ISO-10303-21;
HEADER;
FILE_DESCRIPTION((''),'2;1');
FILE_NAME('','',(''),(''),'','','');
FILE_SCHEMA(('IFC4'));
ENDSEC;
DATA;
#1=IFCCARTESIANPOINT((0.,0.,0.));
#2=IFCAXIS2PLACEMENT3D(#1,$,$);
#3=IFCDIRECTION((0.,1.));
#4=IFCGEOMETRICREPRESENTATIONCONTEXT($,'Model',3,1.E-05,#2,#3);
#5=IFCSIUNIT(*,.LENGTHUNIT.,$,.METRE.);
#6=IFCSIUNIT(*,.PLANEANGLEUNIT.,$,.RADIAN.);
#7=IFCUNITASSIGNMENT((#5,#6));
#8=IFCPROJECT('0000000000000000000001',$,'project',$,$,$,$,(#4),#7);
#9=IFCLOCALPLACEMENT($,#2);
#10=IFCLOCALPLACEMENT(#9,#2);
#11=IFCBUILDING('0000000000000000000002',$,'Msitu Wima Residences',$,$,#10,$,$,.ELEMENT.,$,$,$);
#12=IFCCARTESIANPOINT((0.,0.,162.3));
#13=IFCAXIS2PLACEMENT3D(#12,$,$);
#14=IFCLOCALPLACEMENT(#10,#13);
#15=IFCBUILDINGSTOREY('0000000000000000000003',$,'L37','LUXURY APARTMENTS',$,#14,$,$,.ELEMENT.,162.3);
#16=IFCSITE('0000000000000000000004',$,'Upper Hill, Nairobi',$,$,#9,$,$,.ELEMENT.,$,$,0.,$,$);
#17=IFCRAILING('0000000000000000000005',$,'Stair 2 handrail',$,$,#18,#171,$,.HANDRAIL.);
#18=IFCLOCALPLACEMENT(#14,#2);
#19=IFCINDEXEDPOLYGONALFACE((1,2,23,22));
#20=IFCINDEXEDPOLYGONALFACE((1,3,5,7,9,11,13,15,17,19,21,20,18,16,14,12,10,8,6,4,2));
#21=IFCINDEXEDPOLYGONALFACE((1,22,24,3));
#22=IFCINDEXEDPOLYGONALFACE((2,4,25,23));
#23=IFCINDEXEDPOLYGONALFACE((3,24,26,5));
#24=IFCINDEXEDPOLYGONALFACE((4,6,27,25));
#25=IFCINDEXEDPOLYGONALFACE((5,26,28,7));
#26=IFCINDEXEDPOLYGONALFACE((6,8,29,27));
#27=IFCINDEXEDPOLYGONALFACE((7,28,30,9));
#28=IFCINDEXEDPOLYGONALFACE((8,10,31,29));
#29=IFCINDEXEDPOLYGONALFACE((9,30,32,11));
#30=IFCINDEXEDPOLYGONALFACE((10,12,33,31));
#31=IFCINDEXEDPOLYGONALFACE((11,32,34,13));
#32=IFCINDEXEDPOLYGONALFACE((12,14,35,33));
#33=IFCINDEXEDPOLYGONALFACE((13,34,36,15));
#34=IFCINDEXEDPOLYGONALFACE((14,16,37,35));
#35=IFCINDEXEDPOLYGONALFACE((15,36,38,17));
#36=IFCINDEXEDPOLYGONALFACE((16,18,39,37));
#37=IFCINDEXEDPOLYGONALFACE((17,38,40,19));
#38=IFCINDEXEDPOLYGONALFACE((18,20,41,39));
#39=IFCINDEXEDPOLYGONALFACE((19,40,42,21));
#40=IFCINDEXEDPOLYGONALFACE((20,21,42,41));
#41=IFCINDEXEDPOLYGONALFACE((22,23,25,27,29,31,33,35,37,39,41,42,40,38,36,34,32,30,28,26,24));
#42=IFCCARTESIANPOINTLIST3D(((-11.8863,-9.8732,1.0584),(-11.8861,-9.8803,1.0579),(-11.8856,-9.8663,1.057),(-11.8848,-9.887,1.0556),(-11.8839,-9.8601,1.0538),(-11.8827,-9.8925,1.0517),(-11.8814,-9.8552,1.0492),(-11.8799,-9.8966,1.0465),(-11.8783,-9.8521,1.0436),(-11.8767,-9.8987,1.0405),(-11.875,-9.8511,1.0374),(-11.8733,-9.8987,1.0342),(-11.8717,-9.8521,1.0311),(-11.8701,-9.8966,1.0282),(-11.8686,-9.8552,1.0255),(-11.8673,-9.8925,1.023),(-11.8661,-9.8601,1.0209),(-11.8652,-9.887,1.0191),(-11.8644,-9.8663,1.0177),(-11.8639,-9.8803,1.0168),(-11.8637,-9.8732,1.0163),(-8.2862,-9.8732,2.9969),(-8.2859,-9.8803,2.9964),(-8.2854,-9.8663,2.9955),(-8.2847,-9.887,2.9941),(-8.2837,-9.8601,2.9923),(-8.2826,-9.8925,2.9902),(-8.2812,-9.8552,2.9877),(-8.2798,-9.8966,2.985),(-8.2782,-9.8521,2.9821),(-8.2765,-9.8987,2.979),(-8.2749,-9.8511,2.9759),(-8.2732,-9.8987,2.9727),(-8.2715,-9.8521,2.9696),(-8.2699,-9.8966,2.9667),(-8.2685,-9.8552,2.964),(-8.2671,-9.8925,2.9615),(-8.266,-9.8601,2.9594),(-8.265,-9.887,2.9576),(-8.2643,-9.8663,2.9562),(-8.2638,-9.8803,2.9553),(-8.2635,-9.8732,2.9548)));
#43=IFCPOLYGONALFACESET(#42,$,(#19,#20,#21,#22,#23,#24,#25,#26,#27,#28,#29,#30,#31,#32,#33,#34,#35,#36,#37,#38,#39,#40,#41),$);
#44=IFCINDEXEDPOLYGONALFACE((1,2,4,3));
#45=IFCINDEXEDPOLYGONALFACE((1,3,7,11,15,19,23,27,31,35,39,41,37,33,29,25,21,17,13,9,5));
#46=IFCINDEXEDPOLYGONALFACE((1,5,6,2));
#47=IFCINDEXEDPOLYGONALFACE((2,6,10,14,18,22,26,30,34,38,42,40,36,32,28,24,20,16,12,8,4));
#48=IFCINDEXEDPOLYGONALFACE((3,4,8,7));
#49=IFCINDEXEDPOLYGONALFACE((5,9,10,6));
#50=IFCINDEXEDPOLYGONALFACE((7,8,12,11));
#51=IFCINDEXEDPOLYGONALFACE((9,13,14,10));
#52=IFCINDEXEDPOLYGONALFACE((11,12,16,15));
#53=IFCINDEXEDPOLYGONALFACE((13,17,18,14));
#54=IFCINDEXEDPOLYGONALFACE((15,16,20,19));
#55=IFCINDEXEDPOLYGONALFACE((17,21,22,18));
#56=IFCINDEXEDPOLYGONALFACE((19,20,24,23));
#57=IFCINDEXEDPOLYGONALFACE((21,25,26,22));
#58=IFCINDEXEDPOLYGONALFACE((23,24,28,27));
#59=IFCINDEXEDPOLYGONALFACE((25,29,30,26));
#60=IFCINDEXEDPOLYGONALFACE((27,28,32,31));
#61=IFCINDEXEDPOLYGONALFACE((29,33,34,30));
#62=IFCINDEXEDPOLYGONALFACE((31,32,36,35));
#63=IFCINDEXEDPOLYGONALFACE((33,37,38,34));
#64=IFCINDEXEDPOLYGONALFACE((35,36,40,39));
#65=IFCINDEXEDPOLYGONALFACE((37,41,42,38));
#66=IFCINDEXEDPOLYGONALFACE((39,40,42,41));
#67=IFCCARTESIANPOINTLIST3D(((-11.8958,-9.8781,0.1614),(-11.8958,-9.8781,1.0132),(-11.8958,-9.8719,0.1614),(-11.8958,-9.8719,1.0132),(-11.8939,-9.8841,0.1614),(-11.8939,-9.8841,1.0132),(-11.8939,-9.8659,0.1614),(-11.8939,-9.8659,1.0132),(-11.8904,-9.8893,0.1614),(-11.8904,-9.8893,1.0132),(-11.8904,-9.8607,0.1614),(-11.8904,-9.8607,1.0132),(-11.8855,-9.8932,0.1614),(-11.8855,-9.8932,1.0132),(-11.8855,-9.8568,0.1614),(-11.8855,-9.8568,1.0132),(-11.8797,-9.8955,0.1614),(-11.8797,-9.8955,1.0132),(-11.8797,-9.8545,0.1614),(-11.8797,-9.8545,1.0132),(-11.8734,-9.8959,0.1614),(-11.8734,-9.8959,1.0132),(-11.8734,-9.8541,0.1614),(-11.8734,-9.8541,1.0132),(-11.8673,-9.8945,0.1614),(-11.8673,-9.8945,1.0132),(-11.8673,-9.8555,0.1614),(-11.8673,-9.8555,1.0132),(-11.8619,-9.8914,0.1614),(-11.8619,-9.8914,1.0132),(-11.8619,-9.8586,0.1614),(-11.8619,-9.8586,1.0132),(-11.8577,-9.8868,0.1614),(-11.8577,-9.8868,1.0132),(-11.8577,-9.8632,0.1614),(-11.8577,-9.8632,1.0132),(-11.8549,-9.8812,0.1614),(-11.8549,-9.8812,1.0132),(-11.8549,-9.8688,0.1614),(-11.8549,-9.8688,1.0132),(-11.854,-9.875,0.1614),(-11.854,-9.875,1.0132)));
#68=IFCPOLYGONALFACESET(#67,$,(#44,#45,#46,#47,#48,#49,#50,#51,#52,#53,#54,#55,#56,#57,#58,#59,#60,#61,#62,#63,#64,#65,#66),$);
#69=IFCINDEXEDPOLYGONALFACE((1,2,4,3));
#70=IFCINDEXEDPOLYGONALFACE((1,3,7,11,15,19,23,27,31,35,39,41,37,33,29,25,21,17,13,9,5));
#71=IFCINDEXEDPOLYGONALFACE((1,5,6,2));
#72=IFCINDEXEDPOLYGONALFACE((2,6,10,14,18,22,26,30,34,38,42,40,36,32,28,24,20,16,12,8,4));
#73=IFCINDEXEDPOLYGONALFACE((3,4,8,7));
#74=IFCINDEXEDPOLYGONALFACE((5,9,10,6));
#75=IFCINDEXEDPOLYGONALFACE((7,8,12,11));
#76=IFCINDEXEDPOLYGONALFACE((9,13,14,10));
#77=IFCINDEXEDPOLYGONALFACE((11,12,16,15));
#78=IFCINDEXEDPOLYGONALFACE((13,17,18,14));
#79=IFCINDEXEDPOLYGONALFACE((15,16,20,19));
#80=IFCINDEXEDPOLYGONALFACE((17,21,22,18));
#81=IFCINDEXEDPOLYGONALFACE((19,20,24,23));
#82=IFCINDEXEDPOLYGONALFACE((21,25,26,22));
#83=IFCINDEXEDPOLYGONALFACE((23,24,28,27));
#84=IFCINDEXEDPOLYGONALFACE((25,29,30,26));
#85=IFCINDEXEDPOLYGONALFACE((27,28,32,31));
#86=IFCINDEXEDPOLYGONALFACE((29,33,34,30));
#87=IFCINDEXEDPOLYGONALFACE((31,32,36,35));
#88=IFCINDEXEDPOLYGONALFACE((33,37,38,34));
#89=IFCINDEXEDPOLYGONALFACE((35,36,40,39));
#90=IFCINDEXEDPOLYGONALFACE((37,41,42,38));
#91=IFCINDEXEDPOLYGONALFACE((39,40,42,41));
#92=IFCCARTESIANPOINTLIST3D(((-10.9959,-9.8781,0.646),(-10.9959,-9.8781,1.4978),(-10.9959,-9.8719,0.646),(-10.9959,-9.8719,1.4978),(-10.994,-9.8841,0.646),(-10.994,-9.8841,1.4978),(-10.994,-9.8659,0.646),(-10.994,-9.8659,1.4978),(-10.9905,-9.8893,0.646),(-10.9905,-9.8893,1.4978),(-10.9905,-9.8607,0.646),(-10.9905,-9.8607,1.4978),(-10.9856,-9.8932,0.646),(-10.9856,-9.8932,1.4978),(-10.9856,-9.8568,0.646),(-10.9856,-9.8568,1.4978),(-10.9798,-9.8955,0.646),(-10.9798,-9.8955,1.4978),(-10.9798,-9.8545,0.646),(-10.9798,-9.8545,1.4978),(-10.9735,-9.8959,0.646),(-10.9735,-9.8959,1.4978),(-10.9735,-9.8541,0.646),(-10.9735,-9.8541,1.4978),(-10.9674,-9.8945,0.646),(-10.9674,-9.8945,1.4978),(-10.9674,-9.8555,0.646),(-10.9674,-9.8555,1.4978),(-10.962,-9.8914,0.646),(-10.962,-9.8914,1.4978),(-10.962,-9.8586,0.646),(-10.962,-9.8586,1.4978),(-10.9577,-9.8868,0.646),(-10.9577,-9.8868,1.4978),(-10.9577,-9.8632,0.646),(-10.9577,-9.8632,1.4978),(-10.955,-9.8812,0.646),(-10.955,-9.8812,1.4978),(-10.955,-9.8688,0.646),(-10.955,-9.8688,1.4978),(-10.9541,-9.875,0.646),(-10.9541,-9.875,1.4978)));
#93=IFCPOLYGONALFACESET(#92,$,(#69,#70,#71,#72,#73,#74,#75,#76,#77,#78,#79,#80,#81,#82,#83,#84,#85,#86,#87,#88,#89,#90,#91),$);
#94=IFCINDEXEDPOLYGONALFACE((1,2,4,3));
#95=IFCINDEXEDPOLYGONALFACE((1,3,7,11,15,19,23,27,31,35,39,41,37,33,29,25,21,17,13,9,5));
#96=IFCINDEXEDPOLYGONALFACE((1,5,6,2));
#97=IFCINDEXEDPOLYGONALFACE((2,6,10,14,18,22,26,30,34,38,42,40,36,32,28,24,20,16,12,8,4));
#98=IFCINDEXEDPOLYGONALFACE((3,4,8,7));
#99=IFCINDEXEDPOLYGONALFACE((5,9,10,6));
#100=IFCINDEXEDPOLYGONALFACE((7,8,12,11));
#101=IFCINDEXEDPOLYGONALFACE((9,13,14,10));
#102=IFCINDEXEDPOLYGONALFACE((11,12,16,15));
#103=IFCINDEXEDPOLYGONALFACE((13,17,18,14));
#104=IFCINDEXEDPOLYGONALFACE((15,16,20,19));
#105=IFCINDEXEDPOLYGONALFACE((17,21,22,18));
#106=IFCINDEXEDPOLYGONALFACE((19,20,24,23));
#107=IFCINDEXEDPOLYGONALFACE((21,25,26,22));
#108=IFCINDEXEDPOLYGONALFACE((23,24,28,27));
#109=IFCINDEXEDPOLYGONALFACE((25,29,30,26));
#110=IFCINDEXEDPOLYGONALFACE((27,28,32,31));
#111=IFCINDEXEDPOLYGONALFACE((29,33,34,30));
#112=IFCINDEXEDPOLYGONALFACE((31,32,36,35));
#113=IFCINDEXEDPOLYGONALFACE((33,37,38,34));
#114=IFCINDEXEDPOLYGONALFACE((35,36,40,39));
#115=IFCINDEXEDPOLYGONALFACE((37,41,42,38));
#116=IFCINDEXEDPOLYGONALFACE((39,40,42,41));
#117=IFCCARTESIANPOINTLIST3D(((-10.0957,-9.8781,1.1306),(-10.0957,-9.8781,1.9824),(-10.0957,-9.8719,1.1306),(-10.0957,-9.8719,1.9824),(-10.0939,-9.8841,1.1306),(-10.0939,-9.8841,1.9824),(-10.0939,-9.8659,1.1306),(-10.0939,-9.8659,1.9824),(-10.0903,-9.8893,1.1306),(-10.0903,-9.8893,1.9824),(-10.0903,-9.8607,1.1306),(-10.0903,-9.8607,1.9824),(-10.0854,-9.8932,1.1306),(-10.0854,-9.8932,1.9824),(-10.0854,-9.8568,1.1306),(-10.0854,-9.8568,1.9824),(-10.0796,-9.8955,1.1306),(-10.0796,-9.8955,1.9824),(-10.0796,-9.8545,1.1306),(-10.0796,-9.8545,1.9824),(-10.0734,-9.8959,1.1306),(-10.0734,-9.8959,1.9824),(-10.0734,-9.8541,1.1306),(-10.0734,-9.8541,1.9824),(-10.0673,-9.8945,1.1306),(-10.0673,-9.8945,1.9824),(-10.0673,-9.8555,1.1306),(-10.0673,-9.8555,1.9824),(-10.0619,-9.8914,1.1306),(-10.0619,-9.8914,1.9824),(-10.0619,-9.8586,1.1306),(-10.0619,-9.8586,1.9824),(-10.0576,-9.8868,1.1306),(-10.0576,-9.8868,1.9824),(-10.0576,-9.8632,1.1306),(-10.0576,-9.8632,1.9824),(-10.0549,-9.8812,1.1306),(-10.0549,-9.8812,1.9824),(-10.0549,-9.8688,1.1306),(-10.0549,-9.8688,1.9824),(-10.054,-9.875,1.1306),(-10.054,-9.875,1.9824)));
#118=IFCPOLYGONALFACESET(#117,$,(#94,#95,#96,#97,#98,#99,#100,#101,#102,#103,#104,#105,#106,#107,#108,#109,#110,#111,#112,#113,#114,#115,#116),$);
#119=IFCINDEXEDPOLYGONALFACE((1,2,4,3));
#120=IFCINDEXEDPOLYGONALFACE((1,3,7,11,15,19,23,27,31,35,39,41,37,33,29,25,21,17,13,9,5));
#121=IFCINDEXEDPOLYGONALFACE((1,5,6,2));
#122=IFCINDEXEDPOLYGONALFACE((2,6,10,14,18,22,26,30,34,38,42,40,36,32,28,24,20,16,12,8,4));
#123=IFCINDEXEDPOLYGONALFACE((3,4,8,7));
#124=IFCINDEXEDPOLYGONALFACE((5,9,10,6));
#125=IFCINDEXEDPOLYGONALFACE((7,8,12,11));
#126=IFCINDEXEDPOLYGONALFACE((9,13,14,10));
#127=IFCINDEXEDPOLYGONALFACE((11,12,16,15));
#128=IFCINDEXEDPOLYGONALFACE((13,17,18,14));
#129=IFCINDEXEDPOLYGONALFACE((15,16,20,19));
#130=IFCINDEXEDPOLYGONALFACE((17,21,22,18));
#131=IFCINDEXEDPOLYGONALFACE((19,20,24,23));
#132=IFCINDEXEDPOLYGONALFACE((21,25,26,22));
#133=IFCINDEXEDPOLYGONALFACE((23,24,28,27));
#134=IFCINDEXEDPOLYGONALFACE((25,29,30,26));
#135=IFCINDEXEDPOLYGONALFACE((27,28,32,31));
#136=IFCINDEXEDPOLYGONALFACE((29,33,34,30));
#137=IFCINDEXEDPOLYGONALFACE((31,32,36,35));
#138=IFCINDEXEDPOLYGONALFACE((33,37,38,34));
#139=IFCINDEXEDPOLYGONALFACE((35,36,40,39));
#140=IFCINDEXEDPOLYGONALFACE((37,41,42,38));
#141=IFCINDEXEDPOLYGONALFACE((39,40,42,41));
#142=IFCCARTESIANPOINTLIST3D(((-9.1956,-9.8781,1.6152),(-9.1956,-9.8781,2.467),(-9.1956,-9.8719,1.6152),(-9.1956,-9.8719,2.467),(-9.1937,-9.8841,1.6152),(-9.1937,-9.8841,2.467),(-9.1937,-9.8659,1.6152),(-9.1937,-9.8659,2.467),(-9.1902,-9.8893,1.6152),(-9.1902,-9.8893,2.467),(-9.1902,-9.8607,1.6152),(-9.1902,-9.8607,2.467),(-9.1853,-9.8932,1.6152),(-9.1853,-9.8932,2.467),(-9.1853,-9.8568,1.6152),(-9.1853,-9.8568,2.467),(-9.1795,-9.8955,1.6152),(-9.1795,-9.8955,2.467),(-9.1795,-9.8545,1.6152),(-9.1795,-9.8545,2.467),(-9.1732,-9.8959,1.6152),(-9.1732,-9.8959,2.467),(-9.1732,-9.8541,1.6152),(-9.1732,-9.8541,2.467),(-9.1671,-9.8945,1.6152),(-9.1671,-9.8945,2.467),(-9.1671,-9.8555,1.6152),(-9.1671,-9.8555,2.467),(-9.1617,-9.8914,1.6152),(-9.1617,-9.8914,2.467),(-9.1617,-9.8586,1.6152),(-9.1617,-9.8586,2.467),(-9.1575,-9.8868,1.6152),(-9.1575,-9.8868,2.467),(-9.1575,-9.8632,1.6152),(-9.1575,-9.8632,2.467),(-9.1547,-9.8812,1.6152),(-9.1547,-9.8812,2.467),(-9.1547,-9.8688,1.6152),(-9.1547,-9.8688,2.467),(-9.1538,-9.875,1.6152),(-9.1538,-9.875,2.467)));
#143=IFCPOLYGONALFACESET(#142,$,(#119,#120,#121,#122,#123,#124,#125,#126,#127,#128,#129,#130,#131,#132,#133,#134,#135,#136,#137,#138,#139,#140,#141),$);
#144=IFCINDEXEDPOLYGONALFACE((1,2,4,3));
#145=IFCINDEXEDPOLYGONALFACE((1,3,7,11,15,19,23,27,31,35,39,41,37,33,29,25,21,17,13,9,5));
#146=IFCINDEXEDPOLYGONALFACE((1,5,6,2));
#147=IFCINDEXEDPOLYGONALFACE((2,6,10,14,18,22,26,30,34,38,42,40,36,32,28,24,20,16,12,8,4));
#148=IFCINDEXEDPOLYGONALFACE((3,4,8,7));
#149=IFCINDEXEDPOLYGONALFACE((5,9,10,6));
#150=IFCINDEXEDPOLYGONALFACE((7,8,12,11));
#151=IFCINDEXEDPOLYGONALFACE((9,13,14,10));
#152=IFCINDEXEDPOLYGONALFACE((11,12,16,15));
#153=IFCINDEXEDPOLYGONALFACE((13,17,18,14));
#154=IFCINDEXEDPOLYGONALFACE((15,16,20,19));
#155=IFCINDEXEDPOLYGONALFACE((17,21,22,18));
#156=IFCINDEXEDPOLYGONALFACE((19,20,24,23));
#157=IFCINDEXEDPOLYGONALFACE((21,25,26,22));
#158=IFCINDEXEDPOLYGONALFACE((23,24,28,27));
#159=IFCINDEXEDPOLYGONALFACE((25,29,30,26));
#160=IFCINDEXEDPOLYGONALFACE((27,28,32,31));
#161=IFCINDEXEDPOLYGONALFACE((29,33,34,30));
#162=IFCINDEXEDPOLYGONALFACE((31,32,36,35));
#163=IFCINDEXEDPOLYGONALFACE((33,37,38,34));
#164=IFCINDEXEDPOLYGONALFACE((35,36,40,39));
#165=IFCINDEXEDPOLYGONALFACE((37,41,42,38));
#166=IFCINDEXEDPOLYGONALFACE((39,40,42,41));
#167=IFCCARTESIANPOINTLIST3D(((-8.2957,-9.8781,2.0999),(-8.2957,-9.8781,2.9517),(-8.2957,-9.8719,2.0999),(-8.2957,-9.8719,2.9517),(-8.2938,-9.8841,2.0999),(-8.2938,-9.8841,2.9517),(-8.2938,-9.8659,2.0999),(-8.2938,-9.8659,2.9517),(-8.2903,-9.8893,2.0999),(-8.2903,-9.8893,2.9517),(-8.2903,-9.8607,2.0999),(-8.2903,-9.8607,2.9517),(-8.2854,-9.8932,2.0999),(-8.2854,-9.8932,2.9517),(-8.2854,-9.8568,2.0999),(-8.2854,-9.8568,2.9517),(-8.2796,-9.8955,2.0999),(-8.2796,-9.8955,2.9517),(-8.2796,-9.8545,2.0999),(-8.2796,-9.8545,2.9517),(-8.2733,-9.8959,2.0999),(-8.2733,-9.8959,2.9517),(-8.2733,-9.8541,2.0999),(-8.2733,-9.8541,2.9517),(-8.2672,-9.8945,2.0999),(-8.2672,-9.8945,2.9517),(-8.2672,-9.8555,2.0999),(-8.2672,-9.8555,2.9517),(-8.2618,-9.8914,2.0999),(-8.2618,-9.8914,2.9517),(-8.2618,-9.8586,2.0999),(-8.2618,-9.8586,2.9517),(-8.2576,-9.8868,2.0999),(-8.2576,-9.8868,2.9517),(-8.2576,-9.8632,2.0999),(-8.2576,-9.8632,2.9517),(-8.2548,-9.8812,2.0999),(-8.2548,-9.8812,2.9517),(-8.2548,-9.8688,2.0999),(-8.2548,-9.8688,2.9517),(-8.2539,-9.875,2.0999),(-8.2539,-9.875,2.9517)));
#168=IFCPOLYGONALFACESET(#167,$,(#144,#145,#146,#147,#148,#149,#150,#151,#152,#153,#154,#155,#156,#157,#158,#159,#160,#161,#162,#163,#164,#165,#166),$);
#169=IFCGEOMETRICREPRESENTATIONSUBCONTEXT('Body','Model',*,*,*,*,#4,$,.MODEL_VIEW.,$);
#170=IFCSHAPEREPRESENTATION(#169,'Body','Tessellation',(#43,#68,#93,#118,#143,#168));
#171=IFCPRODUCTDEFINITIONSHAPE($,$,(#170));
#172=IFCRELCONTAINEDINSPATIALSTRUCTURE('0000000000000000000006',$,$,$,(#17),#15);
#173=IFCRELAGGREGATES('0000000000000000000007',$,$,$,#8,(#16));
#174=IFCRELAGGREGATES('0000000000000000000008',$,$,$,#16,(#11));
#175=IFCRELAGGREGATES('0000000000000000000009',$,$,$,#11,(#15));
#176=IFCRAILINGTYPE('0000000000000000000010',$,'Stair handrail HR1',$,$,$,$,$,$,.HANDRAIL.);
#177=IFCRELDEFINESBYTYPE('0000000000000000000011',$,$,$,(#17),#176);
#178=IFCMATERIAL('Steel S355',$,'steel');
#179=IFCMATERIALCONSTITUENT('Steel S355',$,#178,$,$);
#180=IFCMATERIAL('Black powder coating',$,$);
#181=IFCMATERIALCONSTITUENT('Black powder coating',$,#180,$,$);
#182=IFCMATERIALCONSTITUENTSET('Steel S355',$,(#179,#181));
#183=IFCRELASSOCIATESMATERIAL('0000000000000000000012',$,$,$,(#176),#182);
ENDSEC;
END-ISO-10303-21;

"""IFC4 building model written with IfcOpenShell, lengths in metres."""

from ifc_helpers import new_model, si_unit, direction, frame, origin, origin_2d, place, context, subcontext, project, spatial, circle, extrude, material, constituent, constituent_set, type_object, element, save


model = new_model("IFC4")

# Units and contexts
model_context = context("Model", 3, precision=1e-05, world=origin(), true_north=direction((0.0, 1.0)))
body_context = subcontext(model_context, "Body", "Model", "MODEL_VIEW")
ifc_project = project(units=[si_unit("LENGTHUNIT", "METRE"), si_unit("PLANEANGLEUNIT", "RADIAN")], contexts=[model_context])

# Site, building, storey
site_placement = place(None, origin())
site = spatial("IfcSite", under=ifc_project, at=site_placement, Name="Upper Hill, Nairobi", CompositionType="ELEMENT", RefElevation=0.0)
building_placement = place(site_placement, origin())
building = spatial("IfcBuilding", under=site, at=building_placement, Name="Msitu Wima Residences", CompositionType="ELEMENT")
storey_placement = place(building_placement, frame((0.0, 0.0, 162.3)))
storey = spatial("IfcBuildingStorey", under=building, at=storey_placement, Name="L37", Description="LUXURY APARTMENTS", CompositionType="ELEMENT", Elevation=162.3)

# Railing
ifc_material_1 = material(Name="Steel S355", Category="steel")
ifc_constituent_1 = constituent(ifc_material_1, Name="Steel S355")
ifc_material_2 = material(Name="Black powder coating")
ifc_constituent_2 = constituent(ifc_material_2, Name="Black powder coating")
ifc_constituent_set = constituent_set(constituents=[ifc_constituent_1, ifc_constituent_2], Name="Steel S355")
railing_type = type_object("IfcRailingType", Name="Stair handrail HR1", PredefinedType="HANDRAIL", material=ifc_constituent_set)
for number, where, name in (
    (1, (-11.875, -9.875, 0.1614), "Stair 2 handrail"),
):
    element("IfcRailing", number, at=place(storey_placement, frame(where)), inside=storey, type_object=railing_type, Name=name, PredefinedType="HANDRAIL", context=body_context, shape_type="SweptSolid", body=[
        extrude(circle(Radius=0.0239, at=origin_2d()), frame((0.0, 0.0, 0.876), z_axis=(0.880475, 0.0, 0.474093), x_axis=(0.0, 1.0, 0.0)), (0.0, 0.0, 1.0), 4.0889),
        extrude(circle(Radius=0.021, at=origin_2d()), origin(), (0.0, 0.0, 1.0), 0.8518),
        extrude(circle(Radius=0.021, at=origin_2d()), frame((0.8999, 0.0, 0.4846)), (0.0, 0.0, 1.0), 0.8518),
        extrude(circle(Radius=0.021, at=origin_2d()), frame((1.8, 0.0, 0.9692)), (0.0, 0.0, 1.0), 0.8518),
        extrude(circle(Radius=0.021, at=origin_2d()), frame((2.7002, 0.0, 1.4539)), (0.0, 0.0, 1.0), 0.8518),
        extrude(circle(Radius=0.021, at=origin_2d()), frame((3.6001, 0.0, 1.9385)), (0.0, 0.0, 1.0), 0.8518),
    ])

save(model, "model.ifc")
